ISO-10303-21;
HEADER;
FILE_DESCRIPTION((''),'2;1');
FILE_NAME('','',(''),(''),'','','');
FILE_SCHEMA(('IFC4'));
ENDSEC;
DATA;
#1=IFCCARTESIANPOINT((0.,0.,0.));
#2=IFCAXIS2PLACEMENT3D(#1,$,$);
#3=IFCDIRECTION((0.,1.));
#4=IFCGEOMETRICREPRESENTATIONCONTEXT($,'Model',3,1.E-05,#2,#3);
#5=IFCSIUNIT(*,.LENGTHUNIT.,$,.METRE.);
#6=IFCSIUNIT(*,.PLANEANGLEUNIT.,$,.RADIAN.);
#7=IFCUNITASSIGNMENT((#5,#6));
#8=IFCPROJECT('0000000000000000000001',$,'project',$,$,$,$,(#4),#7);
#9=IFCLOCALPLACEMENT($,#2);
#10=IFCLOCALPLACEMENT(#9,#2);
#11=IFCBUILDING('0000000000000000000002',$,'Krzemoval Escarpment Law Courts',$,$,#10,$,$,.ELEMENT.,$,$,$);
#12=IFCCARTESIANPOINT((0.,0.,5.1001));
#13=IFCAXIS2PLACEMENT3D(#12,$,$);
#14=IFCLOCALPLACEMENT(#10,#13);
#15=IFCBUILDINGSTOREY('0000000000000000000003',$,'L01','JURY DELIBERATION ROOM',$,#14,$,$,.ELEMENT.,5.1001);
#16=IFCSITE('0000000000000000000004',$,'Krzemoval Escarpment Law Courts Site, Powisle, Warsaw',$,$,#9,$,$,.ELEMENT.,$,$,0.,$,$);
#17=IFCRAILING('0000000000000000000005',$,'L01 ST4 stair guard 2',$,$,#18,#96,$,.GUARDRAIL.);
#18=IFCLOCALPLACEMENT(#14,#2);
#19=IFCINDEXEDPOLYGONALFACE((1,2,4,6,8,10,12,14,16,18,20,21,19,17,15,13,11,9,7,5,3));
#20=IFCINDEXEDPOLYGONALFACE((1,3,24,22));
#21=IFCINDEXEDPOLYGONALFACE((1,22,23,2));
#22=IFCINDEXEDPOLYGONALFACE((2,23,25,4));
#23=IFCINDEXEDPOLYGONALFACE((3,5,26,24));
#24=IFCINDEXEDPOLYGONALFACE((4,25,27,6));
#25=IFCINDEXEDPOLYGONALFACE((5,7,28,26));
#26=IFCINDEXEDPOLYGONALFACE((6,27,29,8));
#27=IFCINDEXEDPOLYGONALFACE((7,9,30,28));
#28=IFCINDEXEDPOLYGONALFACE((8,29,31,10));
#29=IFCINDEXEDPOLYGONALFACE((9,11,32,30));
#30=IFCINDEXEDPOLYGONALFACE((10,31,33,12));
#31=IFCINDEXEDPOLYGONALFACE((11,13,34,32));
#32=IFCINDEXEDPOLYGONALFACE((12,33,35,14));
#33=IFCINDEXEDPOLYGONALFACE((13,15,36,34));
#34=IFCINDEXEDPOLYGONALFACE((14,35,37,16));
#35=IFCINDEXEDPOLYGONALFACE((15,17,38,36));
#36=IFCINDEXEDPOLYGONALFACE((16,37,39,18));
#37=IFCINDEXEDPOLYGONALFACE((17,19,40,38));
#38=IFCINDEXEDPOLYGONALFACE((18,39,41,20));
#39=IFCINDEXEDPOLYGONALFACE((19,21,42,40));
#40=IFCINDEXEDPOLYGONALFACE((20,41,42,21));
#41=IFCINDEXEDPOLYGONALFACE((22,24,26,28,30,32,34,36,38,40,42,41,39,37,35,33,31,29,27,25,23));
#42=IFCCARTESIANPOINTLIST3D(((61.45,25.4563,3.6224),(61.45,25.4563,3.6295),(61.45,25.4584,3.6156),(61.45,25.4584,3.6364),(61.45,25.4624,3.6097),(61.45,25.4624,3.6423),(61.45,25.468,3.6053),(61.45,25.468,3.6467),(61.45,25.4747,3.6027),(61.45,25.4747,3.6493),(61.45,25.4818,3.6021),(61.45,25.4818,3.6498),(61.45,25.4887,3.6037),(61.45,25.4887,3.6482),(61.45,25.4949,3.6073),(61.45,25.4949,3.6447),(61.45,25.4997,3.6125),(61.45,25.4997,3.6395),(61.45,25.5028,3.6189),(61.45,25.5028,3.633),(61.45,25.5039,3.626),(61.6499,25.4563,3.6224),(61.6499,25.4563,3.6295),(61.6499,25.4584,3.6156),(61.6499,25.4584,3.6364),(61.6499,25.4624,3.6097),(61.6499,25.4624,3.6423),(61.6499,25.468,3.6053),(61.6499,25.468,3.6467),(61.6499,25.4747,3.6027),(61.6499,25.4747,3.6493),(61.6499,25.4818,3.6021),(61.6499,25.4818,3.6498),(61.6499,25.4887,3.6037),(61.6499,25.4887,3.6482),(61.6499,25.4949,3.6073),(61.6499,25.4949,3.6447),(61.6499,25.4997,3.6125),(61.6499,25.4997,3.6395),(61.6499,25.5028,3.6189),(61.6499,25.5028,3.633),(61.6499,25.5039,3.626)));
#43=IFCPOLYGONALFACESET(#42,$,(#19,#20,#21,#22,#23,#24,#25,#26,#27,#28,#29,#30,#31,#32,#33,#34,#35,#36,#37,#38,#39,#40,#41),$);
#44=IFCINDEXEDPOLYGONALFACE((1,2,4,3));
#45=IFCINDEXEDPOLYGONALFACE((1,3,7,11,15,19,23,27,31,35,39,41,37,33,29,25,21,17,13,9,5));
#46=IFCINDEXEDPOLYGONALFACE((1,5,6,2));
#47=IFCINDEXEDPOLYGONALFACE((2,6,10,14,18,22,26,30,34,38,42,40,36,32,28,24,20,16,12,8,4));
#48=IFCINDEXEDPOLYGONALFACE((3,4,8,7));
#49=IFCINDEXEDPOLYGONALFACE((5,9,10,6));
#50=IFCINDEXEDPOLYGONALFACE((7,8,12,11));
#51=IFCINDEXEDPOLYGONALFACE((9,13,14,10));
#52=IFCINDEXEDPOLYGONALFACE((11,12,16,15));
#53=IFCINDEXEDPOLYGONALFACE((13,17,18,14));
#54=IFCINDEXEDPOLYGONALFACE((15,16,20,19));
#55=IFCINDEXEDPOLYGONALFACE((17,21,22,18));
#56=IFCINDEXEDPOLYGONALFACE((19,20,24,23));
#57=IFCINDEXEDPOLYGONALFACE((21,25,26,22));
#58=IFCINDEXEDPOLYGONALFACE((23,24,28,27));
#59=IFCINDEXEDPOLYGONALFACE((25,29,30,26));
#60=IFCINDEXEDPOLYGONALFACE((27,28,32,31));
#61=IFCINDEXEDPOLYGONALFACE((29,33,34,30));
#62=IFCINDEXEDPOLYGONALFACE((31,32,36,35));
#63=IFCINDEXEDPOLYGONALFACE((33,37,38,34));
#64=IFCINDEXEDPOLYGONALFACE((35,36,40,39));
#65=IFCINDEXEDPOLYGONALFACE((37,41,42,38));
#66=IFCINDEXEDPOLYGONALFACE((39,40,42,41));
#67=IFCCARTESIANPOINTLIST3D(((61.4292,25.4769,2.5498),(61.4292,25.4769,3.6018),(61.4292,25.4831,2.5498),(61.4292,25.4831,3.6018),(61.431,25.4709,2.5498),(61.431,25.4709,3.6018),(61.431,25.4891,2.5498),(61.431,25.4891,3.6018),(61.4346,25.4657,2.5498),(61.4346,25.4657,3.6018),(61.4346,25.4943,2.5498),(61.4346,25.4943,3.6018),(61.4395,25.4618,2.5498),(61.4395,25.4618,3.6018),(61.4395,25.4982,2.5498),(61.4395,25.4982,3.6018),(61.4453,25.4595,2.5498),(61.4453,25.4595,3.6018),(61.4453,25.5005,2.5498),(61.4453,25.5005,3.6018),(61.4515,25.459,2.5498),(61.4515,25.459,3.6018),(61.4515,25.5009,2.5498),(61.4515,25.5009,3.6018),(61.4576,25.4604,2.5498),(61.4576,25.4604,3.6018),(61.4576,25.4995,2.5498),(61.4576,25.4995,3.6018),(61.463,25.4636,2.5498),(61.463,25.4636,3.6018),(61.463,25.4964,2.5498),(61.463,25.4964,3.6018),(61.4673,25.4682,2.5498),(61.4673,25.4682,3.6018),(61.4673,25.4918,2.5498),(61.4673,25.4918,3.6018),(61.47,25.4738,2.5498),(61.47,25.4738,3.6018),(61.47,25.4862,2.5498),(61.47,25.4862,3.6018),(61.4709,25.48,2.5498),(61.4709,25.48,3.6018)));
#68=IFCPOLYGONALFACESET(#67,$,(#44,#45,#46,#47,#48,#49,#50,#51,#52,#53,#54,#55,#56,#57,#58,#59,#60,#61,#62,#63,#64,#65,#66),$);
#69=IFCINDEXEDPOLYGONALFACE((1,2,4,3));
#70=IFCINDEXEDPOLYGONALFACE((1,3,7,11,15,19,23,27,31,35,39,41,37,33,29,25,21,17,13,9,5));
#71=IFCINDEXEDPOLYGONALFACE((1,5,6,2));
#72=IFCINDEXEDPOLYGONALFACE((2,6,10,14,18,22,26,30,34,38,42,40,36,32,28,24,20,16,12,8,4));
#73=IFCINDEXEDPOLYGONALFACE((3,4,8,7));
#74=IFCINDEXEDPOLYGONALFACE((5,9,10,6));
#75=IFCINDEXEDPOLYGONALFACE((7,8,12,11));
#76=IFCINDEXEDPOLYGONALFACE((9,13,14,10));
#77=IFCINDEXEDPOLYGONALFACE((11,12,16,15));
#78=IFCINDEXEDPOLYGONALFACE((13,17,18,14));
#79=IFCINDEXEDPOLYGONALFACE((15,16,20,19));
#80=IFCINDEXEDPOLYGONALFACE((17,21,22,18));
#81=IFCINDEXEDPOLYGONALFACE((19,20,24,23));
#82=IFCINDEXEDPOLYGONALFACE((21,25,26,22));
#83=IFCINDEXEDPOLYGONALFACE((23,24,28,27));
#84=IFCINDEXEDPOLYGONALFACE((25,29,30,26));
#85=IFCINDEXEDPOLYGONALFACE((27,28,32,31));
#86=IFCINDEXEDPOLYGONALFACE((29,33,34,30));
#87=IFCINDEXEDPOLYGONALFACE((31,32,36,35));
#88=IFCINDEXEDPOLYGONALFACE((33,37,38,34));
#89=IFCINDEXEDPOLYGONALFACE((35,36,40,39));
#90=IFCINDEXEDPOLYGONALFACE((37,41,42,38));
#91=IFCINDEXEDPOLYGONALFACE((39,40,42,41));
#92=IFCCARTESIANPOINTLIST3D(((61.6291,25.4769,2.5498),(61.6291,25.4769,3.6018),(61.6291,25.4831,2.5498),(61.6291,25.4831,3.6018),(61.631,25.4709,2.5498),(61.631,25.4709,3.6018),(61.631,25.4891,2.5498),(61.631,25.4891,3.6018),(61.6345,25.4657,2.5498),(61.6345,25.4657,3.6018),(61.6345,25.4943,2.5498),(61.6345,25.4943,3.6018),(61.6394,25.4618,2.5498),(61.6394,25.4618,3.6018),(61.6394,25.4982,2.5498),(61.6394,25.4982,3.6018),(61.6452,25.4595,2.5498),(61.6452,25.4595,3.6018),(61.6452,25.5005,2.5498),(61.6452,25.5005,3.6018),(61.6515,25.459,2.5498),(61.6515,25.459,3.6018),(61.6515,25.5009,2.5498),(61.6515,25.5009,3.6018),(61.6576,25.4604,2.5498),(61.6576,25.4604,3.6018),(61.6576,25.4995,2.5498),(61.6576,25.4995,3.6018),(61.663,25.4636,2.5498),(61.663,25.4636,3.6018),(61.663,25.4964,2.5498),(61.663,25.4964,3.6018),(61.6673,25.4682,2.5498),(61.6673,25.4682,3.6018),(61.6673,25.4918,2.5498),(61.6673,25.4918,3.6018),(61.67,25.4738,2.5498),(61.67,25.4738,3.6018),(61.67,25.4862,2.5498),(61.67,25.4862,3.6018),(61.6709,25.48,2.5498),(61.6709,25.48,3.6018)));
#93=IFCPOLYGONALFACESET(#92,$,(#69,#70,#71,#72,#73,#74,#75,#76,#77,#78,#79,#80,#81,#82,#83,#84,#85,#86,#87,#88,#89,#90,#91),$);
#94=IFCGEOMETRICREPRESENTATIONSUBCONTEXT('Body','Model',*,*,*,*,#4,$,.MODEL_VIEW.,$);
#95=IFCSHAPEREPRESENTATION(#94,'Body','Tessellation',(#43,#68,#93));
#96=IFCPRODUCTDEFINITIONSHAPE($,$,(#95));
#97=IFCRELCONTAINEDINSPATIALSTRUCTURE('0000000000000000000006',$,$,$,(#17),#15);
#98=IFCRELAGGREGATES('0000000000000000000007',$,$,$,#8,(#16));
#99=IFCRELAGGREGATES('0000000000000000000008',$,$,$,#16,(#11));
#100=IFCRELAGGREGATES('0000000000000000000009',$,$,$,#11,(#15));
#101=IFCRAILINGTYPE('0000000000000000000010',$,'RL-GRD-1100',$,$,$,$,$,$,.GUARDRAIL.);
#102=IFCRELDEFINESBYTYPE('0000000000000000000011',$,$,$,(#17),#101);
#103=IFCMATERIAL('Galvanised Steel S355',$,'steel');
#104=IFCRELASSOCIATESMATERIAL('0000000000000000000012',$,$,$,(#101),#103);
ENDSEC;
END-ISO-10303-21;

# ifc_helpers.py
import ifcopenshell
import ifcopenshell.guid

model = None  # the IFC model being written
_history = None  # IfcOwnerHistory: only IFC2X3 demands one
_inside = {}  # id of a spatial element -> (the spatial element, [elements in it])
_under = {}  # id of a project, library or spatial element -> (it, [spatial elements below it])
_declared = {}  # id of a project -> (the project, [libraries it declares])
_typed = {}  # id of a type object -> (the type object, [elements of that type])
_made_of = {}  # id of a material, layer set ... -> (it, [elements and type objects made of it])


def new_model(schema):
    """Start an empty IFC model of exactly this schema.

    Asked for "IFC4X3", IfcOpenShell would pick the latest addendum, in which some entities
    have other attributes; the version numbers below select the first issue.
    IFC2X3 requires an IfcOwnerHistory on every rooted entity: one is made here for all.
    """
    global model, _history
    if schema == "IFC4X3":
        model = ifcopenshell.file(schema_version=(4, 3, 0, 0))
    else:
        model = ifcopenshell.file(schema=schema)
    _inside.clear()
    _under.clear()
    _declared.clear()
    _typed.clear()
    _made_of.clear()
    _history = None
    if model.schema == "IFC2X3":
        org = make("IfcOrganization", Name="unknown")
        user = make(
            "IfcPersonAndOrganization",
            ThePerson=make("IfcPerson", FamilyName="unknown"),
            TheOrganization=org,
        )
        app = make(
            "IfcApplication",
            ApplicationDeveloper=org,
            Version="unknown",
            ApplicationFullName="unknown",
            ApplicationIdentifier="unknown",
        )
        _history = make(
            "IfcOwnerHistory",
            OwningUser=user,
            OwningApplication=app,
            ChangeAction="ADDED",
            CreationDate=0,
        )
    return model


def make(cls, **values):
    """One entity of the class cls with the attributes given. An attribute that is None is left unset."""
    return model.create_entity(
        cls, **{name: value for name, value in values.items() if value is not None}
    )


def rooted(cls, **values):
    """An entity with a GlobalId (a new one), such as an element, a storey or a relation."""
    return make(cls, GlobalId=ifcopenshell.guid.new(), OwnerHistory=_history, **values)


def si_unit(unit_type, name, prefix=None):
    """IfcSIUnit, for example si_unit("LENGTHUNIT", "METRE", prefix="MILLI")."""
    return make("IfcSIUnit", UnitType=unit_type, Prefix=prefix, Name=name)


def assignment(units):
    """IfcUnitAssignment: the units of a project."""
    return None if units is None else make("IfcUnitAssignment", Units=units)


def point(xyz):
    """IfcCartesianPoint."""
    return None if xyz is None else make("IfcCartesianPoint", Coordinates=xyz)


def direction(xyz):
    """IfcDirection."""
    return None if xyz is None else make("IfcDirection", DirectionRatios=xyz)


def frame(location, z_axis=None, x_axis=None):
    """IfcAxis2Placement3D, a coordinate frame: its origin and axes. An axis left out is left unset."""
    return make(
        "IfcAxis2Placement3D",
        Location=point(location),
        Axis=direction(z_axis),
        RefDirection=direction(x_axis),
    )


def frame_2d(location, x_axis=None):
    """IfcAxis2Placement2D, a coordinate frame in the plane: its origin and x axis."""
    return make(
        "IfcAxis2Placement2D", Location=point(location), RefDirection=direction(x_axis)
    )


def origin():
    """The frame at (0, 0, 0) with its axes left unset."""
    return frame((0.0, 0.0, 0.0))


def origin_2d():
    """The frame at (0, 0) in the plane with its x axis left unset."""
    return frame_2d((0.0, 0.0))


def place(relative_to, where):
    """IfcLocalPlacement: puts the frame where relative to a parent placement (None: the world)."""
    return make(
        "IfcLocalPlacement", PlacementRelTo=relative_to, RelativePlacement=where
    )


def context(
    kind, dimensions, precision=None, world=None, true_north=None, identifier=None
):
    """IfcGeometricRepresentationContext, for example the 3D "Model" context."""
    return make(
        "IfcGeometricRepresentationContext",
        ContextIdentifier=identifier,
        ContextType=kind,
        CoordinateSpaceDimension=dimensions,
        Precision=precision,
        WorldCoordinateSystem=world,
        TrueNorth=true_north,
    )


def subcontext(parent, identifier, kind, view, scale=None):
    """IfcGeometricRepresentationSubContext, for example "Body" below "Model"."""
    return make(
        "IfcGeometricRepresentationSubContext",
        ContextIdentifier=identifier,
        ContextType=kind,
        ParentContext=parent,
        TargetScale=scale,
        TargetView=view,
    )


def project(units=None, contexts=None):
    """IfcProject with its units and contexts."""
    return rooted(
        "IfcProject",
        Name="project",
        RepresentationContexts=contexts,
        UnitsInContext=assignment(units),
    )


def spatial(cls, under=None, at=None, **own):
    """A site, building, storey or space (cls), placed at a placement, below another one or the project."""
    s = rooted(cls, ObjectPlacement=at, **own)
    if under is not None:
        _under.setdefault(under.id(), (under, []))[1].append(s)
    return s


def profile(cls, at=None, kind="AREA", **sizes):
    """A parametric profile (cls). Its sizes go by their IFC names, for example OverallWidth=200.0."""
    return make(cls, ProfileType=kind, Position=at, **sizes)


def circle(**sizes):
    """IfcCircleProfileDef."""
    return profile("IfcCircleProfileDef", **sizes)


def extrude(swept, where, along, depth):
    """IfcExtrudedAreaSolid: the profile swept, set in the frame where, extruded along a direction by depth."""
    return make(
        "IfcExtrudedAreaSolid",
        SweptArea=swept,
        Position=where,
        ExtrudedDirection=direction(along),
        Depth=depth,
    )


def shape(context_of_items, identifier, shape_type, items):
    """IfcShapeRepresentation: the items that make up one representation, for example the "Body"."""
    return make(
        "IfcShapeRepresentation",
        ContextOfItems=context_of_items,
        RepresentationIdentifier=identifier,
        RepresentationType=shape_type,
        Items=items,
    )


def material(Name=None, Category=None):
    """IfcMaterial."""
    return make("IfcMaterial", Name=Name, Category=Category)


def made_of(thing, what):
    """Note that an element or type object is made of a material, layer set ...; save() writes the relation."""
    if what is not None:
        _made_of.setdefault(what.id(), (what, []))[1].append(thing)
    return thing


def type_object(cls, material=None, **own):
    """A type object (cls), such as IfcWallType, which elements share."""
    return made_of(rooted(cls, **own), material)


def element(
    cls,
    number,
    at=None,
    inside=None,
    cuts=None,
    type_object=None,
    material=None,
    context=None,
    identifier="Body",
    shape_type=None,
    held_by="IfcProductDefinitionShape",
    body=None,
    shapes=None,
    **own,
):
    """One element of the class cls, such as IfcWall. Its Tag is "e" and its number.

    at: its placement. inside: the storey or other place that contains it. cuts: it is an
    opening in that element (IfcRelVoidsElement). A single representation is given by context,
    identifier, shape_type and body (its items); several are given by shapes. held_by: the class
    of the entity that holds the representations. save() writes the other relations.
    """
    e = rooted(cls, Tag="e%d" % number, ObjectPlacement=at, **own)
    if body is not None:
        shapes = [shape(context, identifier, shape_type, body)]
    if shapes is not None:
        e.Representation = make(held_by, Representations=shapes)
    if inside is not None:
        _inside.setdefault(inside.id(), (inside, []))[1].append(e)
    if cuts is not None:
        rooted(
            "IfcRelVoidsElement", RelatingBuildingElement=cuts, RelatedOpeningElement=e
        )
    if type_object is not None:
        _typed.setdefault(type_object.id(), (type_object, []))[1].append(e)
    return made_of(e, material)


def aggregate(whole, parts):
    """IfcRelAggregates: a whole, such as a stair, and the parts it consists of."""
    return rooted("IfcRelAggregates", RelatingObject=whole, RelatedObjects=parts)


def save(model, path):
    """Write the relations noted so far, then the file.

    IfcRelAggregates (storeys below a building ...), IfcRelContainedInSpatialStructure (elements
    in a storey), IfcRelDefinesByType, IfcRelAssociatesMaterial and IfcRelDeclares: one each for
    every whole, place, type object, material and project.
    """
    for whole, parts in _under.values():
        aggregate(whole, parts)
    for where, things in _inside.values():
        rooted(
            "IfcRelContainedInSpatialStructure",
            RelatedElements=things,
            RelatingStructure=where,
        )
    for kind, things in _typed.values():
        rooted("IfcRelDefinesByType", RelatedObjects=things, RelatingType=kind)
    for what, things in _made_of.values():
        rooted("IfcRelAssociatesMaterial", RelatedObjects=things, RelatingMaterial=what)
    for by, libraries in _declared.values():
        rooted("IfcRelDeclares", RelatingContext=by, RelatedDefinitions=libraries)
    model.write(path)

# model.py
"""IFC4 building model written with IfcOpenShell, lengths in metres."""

from ifc_helpers import new_model, si_unit, direction, frame, origin, origin_2d, place, context, subcontext, project, spatial, circle, extrude, material, type_object, element, save


model = new_model("IFC4")

# Units and contexts
model_context = context("Model", 3, precision=1e-05, world=origin(), true_north=direction((0.0, 1.0)))
body_context = subcontext(model_context, "Body", "Model", "MODEL_VIEW")
ifc_project = project(units=[si_unit("LENGTHUNIT", "METRE"), si_unit("PLANEANGLEUNIT", "RADIAN")], contexts=[model_context])

# Site, building, storey
site_placement = place(None, origin())
site = spatial("IfcSite", under=ifc_project, at=site_placement, Name="Krzemoval Escarpment Law Courts Site, Powisle, Warsaw", CompositionType="ELEMENT", RefElevation=0.0)
building_placement = place(site_placement, origin())
building = spatial("IfcBuilding", under=site, at=building_placement, Name="Krzemoval Escarpment Law Courts", CompositionType="ELEMENT")
storey_placement = place(building_placement, frame((0.0, 0.0, 5.1001)))
storey = spatial("IfcBuildingStorey", under=building, at=storey_placement, Name="L01", Description="JURY DELIBERATION ROOM", CompositionType="ELEMENT", Elevation=5.1001)

# Railing
ifc_material_1 = material(Name="Galvanised Steel S355", Category="steel")
railing_type_1 = type_object("IfcRailingType", Name="RL-GRD-1100", PredefinedType="GUARDRAIL", material=ifc_material_1)
railing_1_placement = place(storey_placement, frame((61.45, 25.48, 2.5498)))
element("IfcRailing", 1, at=railing_1_placement, inside=storey, type_object=railing_type_1, Name="L01 ST4 stair guard 2", PredefinedType="GUARDRAIL", context=body_context, shape_type="SweptSolid", body=[
    extrude(circle(Radius=0.0239, at=origin_2d()), frame((0.0, 0.0, 1.0762), z_axis=(1.0, 0.0, 0.0), x_axis=(0.0, 1.0, 0.0)), (0.0, 0.0, 1.0), 0.2),
    extrude(circle(Radius=0.021, at=origin_2d()), origin(), (0.0, 0.0, 1.0), 1.052),
    extrude(circle(Radius=0.021, at=origin_2d()), frame((0.2, 0.0, 0.0)), (0.0, 0.0, 1.0), 1.052),
])

save(model, "model.ifc")
